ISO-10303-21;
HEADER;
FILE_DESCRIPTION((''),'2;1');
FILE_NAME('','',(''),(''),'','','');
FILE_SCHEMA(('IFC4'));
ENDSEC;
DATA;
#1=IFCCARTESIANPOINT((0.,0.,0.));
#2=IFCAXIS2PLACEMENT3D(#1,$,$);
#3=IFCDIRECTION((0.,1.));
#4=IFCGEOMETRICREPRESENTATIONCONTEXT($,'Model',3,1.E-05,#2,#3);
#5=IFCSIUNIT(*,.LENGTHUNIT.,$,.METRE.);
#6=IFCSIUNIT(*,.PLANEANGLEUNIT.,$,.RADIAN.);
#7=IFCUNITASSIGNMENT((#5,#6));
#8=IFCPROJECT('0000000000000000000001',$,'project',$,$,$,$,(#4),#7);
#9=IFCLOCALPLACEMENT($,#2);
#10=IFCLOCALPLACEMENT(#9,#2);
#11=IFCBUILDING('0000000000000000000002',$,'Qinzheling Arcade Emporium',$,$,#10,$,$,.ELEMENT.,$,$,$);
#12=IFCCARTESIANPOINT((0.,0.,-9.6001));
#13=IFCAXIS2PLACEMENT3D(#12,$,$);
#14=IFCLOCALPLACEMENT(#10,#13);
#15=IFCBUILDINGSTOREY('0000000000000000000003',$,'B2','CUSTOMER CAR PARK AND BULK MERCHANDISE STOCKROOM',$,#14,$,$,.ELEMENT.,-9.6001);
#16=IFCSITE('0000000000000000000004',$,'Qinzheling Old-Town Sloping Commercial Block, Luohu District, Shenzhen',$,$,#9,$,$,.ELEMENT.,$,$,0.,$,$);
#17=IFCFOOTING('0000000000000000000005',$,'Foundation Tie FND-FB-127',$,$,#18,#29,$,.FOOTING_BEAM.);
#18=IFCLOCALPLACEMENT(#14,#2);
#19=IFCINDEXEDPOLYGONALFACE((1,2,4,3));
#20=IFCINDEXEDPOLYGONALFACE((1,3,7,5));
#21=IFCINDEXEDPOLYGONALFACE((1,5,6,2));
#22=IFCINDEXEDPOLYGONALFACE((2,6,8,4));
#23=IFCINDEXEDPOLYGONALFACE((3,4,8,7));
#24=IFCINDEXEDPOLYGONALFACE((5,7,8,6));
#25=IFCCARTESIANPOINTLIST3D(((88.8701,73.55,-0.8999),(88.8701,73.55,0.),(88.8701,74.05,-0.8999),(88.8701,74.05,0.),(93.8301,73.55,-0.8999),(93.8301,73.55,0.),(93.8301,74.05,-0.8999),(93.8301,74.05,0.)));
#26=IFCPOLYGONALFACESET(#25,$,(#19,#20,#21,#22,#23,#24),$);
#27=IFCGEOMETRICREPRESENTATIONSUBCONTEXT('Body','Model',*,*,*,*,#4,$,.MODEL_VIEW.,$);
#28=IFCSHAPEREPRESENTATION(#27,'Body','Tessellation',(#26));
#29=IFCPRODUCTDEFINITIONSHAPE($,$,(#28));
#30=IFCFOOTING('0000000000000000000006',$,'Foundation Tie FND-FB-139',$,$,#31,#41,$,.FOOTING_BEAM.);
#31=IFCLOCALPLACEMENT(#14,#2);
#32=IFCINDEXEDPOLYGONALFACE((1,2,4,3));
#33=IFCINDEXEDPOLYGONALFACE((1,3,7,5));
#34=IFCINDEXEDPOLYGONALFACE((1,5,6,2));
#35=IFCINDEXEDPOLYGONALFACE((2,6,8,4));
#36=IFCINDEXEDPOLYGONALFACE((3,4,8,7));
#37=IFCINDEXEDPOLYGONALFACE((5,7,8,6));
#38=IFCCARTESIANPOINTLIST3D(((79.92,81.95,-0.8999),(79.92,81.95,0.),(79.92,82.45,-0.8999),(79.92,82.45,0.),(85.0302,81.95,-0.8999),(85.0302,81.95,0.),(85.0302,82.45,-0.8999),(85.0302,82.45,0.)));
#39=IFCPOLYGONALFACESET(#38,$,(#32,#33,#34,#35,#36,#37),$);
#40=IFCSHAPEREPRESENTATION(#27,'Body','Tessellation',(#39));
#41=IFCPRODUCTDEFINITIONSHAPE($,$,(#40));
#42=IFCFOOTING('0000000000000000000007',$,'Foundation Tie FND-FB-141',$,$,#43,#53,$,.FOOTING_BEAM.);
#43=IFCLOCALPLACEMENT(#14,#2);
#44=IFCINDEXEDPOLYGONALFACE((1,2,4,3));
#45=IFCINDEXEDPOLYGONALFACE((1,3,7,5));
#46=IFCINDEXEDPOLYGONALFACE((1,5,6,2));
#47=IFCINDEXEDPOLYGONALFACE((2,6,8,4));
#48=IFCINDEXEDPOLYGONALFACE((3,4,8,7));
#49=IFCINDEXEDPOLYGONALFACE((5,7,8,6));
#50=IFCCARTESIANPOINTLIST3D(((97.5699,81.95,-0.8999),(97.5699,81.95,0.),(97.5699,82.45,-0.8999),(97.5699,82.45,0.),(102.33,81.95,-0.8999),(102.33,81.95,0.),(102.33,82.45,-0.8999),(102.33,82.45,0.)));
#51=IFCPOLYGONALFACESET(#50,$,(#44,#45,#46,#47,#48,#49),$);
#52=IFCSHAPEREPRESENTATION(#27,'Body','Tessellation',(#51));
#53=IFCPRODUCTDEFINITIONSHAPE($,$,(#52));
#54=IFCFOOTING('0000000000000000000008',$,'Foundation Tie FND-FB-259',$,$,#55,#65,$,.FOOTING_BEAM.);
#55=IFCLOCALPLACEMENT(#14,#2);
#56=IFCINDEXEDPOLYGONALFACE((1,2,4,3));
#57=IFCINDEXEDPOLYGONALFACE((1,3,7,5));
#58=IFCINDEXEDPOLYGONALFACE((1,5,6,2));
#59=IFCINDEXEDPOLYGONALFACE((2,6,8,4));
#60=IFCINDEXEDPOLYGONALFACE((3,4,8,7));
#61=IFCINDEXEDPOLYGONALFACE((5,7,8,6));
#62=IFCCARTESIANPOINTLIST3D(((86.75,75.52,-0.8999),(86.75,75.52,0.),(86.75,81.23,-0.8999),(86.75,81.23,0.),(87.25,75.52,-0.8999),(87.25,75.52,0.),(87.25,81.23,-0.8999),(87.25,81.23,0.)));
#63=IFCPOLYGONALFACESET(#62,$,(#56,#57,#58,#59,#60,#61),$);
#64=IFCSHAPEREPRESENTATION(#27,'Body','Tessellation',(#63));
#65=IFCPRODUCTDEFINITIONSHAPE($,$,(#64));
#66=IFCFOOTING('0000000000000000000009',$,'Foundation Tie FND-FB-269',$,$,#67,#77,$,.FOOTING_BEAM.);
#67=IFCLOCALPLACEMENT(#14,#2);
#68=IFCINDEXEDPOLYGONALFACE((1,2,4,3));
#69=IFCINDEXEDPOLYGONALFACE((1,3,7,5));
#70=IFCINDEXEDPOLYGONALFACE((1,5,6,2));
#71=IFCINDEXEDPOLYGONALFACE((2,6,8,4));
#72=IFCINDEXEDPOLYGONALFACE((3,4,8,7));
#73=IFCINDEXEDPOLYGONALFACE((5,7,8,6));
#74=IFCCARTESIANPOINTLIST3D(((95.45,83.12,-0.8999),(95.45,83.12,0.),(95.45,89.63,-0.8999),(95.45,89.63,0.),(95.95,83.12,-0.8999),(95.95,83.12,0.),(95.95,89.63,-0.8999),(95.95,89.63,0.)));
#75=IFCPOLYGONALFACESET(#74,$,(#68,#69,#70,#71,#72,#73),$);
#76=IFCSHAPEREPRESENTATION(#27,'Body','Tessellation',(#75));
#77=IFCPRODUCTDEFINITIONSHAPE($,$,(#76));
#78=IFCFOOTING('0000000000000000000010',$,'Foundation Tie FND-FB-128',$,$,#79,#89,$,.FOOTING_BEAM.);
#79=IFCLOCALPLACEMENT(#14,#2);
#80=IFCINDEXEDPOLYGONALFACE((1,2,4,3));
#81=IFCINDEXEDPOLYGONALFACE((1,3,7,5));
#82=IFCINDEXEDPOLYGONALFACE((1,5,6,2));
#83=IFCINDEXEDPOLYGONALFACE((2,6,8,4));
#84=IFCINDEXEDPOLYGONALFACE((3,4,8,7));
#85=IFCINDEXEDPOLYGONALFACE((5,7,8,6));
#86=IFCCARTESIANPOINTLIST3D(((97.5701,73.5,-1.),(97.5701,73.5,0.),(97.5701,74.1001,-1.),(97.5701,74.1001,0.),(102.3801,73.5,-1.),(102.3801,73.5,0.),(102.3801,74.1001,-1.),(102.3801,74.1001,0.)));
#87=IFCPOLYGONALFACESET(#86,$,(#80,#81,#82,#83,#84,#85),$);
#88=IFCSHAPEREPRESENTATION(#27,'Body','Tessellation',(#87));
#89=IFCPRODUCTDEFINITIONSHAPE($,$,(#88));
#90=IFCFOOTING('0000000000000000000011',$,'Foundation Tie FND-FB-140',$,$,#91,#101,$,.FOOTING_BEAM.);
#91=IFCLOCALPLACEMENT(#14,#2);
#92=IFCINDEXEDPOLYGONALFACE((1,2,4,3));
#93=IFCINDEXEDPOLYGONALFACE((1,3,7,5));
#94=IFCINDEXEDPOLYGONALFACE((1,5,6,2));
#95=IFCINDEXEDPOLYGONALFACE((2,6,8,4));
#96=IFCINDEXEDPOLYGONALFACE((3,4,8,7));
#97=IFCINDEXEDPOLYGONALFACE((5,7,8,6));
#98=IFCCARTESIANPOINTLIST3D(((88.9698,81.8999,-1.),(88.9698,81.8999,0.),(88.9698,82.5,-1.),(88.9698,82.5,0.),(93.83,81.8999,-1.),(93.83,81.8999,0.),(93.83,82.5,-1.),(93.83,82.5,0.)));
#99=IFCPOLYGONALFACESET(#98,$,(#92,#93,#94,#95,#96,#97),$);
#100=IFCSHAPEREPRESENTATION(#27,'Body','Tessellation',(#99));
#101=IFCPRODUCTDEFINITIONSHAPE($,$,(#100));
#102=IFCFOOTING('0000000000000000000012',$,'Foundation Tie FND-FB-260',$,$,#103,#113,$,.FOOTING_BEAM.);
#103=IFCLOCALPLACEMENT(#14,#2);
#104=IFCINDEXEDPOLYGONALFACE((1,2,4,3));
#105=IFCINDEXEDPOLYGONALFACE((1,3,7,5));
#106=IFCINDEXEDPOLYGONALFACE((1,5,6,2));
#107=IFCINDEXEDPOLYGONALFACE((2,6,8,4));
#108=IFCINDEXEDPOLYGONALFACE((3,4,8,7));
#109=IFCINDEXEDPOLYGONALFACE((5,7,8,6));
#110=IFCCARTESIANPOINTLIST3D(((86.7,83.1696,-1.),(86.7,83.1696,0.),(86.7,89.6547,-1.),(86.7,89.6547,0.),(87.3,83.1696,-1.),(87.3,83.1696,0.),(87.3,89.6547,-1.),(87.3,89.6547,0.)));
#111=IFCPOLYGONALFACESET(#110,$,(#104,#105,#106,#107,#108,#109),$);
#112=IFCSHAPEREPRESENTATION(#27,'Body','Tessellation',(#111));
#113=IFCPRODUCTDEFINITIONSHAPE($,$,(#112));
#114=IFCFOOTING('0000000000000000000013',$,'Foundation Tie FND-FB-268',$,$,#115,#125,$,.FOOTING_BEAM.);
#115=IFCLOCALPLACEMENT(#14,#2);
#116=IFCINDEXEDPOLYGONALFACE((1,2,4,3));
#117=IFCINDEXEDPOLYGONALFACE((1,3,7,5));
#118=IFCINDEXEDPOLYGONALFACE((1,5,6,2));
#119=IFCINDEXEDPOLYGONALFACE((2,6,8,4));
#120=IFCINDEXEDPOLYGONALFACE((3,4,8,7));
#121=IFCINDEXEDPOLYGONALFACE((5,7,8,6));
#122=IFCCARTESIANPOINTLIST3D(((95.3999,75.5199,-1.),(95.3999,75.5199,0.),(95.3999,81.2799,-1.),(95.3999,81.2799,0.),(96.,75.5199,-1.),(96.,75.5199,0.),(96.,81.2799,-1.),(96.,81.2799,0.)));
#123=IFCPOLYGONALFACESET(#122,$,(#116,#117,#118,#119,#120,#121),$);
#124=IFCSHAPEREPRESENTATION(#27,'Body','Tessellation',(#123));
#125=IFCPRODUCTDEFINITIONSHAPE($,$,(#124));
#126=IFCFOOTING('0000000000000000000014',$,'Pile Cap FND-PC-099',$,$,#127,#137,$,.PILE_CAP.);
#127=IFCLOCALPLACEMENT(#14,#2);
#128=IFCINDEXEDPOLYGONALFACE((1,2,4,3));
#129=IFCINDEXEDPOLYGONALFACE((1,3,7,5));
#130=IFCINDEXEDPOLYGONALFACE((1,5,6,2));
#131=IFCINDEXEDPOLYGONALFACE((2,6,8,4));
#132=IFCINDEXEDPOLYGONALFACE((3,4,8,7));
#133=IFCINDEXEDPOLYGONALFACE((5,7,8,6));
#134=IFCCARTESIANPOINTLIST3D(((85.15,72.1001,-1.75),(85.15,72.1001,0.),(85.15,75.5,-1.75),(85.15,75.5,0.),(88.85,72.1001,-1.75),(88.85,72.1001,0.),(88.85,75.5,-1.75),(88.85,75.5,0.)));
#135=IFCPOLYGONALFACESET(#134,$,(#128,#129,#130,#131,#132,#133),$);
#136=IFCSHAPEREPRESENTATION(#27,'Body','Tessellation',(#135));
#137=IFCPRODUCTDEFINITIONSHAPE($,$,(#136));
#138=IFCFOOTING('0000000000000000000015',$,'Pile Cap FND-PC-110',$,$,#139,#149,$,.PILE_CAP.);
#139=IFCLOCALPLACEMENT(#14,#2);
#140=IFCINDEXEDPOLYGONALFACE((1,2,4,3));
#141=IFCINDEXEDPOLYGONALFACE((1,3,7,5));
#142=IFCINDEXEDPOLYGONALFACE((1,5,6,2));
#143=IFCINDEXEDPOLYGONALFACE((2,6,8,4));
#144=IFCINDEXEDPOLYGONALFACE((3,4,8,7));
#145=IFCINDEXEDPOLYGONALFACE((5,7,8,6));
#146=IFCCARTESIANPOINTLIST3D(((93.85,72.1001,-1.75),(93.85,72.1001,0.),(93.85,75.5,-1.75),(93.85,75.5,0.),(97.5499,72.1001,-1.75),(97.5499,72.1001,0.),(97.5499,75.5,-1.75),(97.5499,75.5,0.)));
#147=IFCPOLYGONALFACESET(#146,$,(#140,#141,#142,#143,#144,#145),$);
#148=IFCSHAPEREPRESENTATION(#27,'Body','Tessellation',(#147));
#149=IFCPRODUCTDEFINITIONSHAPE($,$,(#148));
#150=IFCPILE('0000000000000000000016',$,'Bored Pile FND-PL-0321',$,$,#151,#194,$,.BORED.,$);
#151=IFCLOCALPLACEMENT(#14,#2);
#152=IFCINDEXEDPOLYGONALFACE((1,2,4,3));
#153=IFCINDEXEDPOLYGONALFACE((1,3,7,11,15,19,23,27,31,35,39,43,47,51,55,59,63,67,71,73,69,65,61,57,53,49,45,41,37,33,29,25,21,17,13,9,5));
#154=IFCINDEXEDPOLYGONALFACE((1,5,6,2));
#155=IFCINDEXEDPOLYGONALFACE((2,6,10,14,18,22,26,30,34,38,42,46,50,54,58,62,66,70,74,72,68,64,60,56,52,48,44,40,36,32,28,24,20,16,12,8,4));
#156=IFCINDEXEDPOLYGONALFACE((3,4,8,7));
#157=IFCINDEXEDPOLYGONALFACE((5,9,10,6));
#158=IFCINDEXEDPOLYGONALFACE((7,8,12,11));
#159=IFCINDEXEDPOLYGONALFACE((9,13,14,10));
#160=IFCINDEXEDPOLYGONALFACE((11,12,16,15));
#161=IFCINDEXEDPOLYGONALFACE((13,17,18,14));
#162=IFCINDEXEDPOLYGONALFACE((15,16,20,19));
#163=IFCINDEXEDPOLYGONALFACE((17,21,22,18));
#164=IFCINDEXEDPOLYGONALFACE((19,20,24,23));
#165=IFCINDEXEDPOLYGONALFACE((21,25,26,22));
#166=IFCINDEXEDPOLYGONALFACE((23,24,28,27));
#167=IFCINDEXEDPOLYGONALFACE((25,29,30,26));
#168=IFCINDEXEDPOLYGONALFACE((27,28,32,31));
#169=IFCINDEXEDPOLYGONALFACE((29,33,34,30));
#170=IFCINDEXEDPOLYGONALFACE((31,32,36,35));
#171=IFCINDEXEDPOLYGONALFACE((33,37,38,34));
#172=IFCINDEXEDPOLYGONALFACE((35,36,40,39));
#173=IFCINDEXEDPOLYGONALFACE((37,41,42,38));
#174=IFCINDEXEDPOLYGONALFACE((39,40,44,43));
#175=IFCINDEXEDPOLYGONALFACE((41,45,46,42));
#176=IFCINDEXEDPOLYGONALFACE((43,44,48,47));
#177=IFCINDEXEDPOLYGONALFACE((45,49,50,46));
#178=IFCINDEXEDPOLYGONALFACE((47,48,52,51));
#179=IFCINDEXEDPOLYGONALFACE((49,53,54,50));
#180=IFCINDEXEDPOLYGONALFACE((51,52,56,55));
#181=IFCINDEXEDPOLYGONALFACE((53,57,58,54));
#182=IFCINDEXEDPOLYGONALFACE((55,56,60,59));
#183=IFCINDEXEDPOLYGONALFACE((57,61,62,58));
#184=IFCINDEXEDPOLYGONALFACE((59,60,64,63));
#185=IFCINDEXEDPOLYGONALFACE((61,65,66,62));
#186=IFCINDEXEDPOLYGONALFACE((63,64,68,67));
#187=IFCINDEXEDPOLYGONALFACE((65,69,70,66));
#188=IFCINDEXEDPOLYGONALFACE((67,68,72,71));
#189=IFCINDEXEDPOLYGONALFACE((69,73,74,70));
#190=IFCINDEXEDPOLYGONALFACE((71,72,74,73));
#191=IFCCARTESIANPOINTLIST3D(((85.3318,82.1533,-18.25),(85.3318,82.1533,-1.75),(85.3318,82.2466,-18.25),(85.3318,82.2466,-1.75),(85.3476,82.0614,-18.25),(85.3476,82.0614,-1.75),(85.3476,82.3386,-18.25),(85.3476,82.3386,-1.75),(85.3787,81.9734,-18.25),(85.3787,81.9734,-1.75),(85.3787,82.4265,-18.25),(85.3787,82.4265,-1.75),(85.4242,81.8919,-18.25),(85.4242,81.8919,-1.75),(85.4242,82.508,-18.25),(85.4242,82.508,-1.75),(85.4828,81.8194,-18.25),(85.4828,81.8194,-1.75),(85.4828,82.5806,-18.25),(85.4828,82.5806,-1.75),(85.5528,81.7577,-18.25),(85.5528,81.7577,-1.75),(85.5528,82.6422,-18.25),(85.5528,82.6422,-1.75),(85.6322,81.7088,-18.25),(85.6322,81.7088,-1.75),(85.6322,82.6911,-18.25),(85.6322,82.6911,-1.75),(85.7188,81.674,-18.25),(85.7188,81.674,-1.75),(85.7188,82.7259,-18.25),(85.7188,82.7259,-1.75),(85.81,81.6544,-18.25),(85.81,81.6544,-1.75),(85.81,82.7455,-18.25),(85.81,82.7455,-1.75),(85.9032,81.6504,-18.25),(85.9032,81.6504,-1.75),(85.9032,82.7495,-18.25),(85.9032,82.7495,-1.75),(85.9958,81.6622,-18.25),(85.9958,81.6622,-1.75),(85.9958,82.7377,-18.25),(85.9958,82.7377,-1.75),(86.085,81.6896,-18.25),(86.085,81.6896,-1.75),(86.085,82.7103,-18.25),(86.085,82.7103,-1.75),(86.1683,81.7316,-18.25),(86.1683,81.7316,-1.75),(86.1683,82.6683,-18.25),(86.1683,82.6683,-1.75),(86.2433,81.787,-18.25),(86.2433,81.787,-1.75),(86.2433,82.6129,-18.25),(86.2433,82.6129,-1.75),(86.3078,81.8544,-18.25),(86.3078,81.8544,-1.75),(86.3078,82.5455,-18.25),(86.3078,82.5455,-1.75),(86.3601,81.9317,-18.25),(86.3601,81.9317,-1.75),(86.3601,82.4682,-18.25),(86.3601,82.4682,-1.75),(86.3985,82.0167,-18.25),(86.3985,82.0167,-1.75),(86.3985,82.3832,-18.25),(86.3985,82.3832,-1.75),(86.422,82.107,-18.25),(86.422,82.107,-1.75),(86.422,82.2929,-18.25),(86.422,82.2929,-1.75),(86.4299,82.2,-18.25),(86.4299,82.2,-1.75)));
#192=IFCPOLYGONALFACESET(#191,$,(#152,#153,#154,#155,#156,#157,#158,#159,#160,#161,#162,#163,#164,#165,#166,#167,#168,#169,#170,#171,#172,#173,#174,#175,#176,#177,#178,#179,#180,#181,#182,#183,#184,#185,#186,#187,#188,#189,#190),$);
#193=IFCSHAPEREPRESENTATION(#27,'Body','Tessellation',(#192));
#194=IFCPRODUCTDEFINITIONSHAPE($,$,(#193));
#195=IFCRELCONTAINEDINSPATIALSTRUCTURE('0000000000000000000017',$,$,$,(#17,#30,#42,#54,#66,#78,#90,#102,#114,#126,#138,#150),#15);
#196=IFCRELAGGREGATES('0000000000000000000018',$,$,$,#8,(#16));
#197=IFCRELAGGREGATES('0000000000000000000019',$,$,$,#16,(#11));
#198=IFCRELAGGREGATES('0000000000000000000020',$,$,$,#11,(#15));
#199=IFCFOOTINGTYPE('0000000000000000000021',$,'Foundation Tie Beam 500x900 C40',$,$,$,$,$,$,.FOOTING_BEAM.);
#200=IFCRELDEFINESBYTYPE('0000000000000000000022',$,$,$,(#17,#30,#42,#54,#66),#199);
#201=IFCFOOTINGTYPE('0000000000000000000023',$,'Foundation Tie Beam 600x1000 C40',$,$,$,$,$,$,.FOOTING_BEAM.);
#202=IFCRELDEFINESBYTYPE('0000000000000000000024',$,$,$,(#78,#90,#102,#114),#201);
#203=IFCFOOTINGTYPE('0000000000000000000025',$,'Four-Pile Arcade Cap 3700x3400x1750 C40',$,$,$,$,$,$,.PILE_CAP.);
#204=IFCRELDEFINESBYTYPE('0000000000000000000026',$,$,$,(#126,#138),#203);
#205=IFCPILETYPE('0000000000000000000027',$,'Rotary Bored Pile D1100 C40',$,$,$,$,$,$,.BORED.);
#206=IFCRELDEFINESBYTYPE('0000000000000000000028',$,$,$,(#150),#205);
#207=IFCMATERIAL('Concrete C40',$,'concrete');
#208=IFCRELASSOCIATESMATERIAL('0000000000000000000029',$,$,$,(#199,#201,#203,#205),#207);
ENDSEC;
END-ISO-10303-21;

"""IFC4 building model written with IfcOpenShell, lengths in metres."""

from ifc_helpers import new_model, si_unit, direction, frame, origin, origin_2d, place, context, subcontext, project, spatial, rectangle, circle, extrude, material, material_profile, profile_set, type_object, element, save


model = new_model("IFC4")

# Units and contexts
model_context = context("Model", 3, precision=1e-05, world=origin(), true_north=direction((0.0, 1.0)))
body_context = subcontext(model_context, "Body", "Model", "MODEL_VIEW")
ifc_project = project(units=[si_unit("LENGTHUNIT", "METRE"), si_unit("PLANEANGLEUNIT", "RADIAN")], contexts=[model_context])

# Site, building, storey
site_placement = place(None, origin())
site = spatial("IfcSite", under=ifc_project, at=site_placement, Name="Qinzheling Old-Town Sloping Commercial Block, Luohu District, Shenzhen", CompositionType="ELEMENT", RefElevation=0.0)
building_placement = place(site_placement, origin())
building = spatial("IfcBuilding", under=site, at=building_placement, Name="Qinzheling Arcade Emporium", CompositionType="ELEMENT")
storey_placement = place(building_placement, frame((0.0, 0.0, -9.6001)))
storey = spatial("IfcBuildingStorey", under=building, at=storey_placement, Name="B2", Description="CUSTOMER CAR PARK AND BULK MERCHANDISE STOCKROOM", CompositionType="ELEMENT", Elevation=-9.6001)

# Footings
ifc_material_1 = material(Name="Concrete C40", Category="concrete")
footing_type_1 = type_object("IfcFootingType", Name="Foundation Tie Beam 500x900 C40", PredefinedType="FOOTING_BEAM", material=ifc_material_1)
footing_1_placement = place(storey_placement, frame((91.3501, 73.8, -0.8999), z_axis=(0.0, 0.0, 1.0), x_axis=(1.0, 0.0, 0.0)))
element("IfcFooting", 1, at=footing_1_placement, inside=storey, type_object=footing_type_1, Name="Foundation Tie FND-FB-127", PredefinedType="FOOTING_BEAM", context=body_context, shape_type="SweptSolid", body=[
    extrude(rectangle(XDim=4.96, YDim=0.5, at=origin_2d()), origin(), (0.0, 0.0, 1.0), 0.8999),
])
footing_2_placement = place(storey_placement, frame((82.4751, 82.2, -0.8999), z_axis=(0.0, 0.0, 1.0), x_axis=(1.0, 0.0, 0.0)))
element("IfcFooting", 2, at=footing_2_placement, inside=storey, type_object=footing_type_1, Name="Foundation Tie FND-FB-139", PredefinedType="FOOTING_BEAM", context=body_context, shape_type="SweptSolid", body=[
    extrude(rectangle(XDim=5.1101, YDim=0.5, at=origin_2d()), origin(), (0.0, 0.0, 1.0), 0.8999),
])
footing_3_placement = place(storey_placement, frame((99.95, 82.2, -0.8999), z_axis=(0.0, 0.0, 1.0), x_axis=(1.0, 0.0, 0.0)))
element("IfcFooting", 3, at=footing_3_placement, inside=storey, type_object=footing_type_1, Name="Foundation Tie FND-FB-141", PredefinedType="FOOTING_BEAM", context=body_context, shape_type="SweptSolid", body=[
    extrude(rectangle(XDim=4.76, YDim=0.5, at=origin_2d()), origin(), (0.0, 0.0, 1.0), 0.8999),
])
footing_4_placement = place(storey_placement, frame((87.0, 78.375, -0.8999), z_axis=(0.0, 0.0, 1.0), x_axis=(1.0, 0.0, 0.0)))
element("IfcFooting", 4, at=footing_4_placement, inside=storey, type_object=footing_type_1, Name="Foundation Tie FND-FB-259", PredefinedType="FOOTING_BEAM", context=body_context, shape_type="SweptSolid", body=[
    extrude(rectangle(XDim=0.5, YDim=5.71, at=origin_2d()), origin(), (0.0, 0.0, 1.0), 0.8999),
])
footing_5_placement = place(storey_placement, frame((95.7, 86.375, -0.8999), z_axis=(0.0, 0.0, 1.0), x_axis=(1.0, 0.0, 0.0)))
element("IfcFooting", 5, at=footing_5_placement, inside=storey, type_object=footing_type_1, Name="Foundation Tie FND-FB-269", PredefinedType="FOOTING_BEAM", context=body_context, shape_type="SweptSolid", body=[
    extrude(rectangle(XDim=0.5, YDim=6.51, at=origin_2d()), origin(), (0.0, 0.0, 1.0), 0.8999),
])
footing_type_2 = type_object("IfcFootingType", Name="Foundation Tie Beam 600x1000 C40", PredefinedType="FOOTING_BEAM", material=ifc_material_1)
footing_6_placement = place(storey_placement, frame((99.9751, 73.8, -1.0), z_axis=(0.0, 0.0, 1.0), x_axis=(1.0, 0.0, 0.0)))
element("IfcFooting", 6, at=footing_6_placement, inside=storey, type_object=footing_type_2, Name="Foundation Tie FND-FB-128", PredefinedType="FOOTING_BEAM", context=body_context, shape_type="SweptSolid", body=[
    extrude(rectangle(XDim=4.8101, YDim=0.6001, at=origin_2d()), origin(), (0.0, 0.0, 1.0), 1.0),
])
footing_7_placement = place(storey_placement, frame((91.3999, 82.2, -1.0), z_axis=(0.0, 0.0, 1.0), x_axis=(1.0, 0.0, 0.0)))
element("IfcFooting", 7, at=footing_7_placement, inside=storey, type_object=footing_type_2, Name="Foundation Tie FND-FB-140", PredefinedType="FOOTING_BEAM", context=body_context, shape_type="SweptSolid", body=[
    extrude(rectangle(XDim=4.8601, YDim=0.6001, at=origin_2d()), origin(), (0.0, 0.0, 1.0), 1.0),
])
footing_8_placement = place(storey_placement, frame((87.0, 86.4121, -1.0), z_axis=(0.0, 0.0, 1.0), x_axis=(1.0, 0.0, 0.0)))
element("IfcFooting", 8, at=footing_8_placement, inside=storey, type_object=footing_type_2, Name="Foundation Tie FND-FB-260", PredefinedType="FOOTING_BEAM", context=body_context, shape_type="SweptSolid", body=[
    extrude(rectangle(XDim=0.6001, YDim=6.4851, at=origin_2d()), origin(), (0.0, 0.0, 1.0), 1.0),
])
footing_9_placement = place(storey_placement, frame((95.7, 78.3999, -1.0), z_axis=(0.0, 0.0, 1.0), x_axis=(1.0, 0.0, 0.0)))
element("IfcFooting", 9, at=footing_9_placement, inside=storey, type_object=footing_type_2, Name="Foundation Tie FND-FB-268", PredefinedType="FOOTING_BEAM", context=body_context, shape_type="SweptSolid", body=[
    extrude(rectangle(XDim=0.6001, YDim=5.76, at=origin_2d()), origin(), (0.0, 0.0, 1.0), 1.0),
])
footing_type_3 = type_object("IfcFootingType", Name="Four-Pile Arcade Cap 3700x3400x1750 C40", PredefinedType="PILE_CAP", material=ifc_material_1)
for number, where, z_axis, x_axis, name in (
    (10, (87.0, 73.8, -1.75), (0.0, 0.0, 1.0), (1.0, 0.0, 0.0), "Pile Cap FND-PC-099"),
    (11, (95.7, 73.8, -1.75), (0.0, 0.0, 1.0), (1.0, 0.0, 0.0), "Pile Cap FND-PC-110"),
):
    element("IfcFooting", number, at=place(storey_placement, frame(where, z_axis=z_axis, x_axis=x_axis)), inside=storey, type_object=footing_type_3, Name=name, PredefinedType="PILE_CAP", context=body_context, shape_type="SweptSolid", body=[
        extrude(rectangle(XDim=3.7, YDim=3.3999, at=origin_2d()), origin(), (0.0, 0.0, 1.0), 1.75),
    ])

# Pile
ifc_material_profile_1 = material_profile(ifc_material_1, circle(Radius=0.55, at=origin_2d()), Name="BORED D1100", Category="concrete")
ifc_profile_set_1 = profile_set([ifc_material_profile_1], Name="Concrete C40")
pile_type_1 = type_object("IfcPileType", Name="Rotary Bored Pile D1100 C40", PredefinedType="BORED", material=ifc_profile_set_1)
for number, where, z_axis, x_axis, name in (
    (12, (85.8799, 82.2, -1.75), (0.0, 0.0, -1.0), (1.0, 0.0, 0.0), "Bored Pile FND-PL-0321"),
):
    element("IfcPile", number, at=place(storey_placement, frame(where, z_axis=z_axis, x_axis=x_axis)), inside=storey, type_object=pile_type_1, Name=name, PredefinedType="BORED", context=body_context, shape_type="SweptSolid", body=[
        extrude(circle(Radius=0.55, at=origin_2d()), origin(), (0.0, 0.0, 1.0), 16.5),
    ])

save(model, "model.ifc")
